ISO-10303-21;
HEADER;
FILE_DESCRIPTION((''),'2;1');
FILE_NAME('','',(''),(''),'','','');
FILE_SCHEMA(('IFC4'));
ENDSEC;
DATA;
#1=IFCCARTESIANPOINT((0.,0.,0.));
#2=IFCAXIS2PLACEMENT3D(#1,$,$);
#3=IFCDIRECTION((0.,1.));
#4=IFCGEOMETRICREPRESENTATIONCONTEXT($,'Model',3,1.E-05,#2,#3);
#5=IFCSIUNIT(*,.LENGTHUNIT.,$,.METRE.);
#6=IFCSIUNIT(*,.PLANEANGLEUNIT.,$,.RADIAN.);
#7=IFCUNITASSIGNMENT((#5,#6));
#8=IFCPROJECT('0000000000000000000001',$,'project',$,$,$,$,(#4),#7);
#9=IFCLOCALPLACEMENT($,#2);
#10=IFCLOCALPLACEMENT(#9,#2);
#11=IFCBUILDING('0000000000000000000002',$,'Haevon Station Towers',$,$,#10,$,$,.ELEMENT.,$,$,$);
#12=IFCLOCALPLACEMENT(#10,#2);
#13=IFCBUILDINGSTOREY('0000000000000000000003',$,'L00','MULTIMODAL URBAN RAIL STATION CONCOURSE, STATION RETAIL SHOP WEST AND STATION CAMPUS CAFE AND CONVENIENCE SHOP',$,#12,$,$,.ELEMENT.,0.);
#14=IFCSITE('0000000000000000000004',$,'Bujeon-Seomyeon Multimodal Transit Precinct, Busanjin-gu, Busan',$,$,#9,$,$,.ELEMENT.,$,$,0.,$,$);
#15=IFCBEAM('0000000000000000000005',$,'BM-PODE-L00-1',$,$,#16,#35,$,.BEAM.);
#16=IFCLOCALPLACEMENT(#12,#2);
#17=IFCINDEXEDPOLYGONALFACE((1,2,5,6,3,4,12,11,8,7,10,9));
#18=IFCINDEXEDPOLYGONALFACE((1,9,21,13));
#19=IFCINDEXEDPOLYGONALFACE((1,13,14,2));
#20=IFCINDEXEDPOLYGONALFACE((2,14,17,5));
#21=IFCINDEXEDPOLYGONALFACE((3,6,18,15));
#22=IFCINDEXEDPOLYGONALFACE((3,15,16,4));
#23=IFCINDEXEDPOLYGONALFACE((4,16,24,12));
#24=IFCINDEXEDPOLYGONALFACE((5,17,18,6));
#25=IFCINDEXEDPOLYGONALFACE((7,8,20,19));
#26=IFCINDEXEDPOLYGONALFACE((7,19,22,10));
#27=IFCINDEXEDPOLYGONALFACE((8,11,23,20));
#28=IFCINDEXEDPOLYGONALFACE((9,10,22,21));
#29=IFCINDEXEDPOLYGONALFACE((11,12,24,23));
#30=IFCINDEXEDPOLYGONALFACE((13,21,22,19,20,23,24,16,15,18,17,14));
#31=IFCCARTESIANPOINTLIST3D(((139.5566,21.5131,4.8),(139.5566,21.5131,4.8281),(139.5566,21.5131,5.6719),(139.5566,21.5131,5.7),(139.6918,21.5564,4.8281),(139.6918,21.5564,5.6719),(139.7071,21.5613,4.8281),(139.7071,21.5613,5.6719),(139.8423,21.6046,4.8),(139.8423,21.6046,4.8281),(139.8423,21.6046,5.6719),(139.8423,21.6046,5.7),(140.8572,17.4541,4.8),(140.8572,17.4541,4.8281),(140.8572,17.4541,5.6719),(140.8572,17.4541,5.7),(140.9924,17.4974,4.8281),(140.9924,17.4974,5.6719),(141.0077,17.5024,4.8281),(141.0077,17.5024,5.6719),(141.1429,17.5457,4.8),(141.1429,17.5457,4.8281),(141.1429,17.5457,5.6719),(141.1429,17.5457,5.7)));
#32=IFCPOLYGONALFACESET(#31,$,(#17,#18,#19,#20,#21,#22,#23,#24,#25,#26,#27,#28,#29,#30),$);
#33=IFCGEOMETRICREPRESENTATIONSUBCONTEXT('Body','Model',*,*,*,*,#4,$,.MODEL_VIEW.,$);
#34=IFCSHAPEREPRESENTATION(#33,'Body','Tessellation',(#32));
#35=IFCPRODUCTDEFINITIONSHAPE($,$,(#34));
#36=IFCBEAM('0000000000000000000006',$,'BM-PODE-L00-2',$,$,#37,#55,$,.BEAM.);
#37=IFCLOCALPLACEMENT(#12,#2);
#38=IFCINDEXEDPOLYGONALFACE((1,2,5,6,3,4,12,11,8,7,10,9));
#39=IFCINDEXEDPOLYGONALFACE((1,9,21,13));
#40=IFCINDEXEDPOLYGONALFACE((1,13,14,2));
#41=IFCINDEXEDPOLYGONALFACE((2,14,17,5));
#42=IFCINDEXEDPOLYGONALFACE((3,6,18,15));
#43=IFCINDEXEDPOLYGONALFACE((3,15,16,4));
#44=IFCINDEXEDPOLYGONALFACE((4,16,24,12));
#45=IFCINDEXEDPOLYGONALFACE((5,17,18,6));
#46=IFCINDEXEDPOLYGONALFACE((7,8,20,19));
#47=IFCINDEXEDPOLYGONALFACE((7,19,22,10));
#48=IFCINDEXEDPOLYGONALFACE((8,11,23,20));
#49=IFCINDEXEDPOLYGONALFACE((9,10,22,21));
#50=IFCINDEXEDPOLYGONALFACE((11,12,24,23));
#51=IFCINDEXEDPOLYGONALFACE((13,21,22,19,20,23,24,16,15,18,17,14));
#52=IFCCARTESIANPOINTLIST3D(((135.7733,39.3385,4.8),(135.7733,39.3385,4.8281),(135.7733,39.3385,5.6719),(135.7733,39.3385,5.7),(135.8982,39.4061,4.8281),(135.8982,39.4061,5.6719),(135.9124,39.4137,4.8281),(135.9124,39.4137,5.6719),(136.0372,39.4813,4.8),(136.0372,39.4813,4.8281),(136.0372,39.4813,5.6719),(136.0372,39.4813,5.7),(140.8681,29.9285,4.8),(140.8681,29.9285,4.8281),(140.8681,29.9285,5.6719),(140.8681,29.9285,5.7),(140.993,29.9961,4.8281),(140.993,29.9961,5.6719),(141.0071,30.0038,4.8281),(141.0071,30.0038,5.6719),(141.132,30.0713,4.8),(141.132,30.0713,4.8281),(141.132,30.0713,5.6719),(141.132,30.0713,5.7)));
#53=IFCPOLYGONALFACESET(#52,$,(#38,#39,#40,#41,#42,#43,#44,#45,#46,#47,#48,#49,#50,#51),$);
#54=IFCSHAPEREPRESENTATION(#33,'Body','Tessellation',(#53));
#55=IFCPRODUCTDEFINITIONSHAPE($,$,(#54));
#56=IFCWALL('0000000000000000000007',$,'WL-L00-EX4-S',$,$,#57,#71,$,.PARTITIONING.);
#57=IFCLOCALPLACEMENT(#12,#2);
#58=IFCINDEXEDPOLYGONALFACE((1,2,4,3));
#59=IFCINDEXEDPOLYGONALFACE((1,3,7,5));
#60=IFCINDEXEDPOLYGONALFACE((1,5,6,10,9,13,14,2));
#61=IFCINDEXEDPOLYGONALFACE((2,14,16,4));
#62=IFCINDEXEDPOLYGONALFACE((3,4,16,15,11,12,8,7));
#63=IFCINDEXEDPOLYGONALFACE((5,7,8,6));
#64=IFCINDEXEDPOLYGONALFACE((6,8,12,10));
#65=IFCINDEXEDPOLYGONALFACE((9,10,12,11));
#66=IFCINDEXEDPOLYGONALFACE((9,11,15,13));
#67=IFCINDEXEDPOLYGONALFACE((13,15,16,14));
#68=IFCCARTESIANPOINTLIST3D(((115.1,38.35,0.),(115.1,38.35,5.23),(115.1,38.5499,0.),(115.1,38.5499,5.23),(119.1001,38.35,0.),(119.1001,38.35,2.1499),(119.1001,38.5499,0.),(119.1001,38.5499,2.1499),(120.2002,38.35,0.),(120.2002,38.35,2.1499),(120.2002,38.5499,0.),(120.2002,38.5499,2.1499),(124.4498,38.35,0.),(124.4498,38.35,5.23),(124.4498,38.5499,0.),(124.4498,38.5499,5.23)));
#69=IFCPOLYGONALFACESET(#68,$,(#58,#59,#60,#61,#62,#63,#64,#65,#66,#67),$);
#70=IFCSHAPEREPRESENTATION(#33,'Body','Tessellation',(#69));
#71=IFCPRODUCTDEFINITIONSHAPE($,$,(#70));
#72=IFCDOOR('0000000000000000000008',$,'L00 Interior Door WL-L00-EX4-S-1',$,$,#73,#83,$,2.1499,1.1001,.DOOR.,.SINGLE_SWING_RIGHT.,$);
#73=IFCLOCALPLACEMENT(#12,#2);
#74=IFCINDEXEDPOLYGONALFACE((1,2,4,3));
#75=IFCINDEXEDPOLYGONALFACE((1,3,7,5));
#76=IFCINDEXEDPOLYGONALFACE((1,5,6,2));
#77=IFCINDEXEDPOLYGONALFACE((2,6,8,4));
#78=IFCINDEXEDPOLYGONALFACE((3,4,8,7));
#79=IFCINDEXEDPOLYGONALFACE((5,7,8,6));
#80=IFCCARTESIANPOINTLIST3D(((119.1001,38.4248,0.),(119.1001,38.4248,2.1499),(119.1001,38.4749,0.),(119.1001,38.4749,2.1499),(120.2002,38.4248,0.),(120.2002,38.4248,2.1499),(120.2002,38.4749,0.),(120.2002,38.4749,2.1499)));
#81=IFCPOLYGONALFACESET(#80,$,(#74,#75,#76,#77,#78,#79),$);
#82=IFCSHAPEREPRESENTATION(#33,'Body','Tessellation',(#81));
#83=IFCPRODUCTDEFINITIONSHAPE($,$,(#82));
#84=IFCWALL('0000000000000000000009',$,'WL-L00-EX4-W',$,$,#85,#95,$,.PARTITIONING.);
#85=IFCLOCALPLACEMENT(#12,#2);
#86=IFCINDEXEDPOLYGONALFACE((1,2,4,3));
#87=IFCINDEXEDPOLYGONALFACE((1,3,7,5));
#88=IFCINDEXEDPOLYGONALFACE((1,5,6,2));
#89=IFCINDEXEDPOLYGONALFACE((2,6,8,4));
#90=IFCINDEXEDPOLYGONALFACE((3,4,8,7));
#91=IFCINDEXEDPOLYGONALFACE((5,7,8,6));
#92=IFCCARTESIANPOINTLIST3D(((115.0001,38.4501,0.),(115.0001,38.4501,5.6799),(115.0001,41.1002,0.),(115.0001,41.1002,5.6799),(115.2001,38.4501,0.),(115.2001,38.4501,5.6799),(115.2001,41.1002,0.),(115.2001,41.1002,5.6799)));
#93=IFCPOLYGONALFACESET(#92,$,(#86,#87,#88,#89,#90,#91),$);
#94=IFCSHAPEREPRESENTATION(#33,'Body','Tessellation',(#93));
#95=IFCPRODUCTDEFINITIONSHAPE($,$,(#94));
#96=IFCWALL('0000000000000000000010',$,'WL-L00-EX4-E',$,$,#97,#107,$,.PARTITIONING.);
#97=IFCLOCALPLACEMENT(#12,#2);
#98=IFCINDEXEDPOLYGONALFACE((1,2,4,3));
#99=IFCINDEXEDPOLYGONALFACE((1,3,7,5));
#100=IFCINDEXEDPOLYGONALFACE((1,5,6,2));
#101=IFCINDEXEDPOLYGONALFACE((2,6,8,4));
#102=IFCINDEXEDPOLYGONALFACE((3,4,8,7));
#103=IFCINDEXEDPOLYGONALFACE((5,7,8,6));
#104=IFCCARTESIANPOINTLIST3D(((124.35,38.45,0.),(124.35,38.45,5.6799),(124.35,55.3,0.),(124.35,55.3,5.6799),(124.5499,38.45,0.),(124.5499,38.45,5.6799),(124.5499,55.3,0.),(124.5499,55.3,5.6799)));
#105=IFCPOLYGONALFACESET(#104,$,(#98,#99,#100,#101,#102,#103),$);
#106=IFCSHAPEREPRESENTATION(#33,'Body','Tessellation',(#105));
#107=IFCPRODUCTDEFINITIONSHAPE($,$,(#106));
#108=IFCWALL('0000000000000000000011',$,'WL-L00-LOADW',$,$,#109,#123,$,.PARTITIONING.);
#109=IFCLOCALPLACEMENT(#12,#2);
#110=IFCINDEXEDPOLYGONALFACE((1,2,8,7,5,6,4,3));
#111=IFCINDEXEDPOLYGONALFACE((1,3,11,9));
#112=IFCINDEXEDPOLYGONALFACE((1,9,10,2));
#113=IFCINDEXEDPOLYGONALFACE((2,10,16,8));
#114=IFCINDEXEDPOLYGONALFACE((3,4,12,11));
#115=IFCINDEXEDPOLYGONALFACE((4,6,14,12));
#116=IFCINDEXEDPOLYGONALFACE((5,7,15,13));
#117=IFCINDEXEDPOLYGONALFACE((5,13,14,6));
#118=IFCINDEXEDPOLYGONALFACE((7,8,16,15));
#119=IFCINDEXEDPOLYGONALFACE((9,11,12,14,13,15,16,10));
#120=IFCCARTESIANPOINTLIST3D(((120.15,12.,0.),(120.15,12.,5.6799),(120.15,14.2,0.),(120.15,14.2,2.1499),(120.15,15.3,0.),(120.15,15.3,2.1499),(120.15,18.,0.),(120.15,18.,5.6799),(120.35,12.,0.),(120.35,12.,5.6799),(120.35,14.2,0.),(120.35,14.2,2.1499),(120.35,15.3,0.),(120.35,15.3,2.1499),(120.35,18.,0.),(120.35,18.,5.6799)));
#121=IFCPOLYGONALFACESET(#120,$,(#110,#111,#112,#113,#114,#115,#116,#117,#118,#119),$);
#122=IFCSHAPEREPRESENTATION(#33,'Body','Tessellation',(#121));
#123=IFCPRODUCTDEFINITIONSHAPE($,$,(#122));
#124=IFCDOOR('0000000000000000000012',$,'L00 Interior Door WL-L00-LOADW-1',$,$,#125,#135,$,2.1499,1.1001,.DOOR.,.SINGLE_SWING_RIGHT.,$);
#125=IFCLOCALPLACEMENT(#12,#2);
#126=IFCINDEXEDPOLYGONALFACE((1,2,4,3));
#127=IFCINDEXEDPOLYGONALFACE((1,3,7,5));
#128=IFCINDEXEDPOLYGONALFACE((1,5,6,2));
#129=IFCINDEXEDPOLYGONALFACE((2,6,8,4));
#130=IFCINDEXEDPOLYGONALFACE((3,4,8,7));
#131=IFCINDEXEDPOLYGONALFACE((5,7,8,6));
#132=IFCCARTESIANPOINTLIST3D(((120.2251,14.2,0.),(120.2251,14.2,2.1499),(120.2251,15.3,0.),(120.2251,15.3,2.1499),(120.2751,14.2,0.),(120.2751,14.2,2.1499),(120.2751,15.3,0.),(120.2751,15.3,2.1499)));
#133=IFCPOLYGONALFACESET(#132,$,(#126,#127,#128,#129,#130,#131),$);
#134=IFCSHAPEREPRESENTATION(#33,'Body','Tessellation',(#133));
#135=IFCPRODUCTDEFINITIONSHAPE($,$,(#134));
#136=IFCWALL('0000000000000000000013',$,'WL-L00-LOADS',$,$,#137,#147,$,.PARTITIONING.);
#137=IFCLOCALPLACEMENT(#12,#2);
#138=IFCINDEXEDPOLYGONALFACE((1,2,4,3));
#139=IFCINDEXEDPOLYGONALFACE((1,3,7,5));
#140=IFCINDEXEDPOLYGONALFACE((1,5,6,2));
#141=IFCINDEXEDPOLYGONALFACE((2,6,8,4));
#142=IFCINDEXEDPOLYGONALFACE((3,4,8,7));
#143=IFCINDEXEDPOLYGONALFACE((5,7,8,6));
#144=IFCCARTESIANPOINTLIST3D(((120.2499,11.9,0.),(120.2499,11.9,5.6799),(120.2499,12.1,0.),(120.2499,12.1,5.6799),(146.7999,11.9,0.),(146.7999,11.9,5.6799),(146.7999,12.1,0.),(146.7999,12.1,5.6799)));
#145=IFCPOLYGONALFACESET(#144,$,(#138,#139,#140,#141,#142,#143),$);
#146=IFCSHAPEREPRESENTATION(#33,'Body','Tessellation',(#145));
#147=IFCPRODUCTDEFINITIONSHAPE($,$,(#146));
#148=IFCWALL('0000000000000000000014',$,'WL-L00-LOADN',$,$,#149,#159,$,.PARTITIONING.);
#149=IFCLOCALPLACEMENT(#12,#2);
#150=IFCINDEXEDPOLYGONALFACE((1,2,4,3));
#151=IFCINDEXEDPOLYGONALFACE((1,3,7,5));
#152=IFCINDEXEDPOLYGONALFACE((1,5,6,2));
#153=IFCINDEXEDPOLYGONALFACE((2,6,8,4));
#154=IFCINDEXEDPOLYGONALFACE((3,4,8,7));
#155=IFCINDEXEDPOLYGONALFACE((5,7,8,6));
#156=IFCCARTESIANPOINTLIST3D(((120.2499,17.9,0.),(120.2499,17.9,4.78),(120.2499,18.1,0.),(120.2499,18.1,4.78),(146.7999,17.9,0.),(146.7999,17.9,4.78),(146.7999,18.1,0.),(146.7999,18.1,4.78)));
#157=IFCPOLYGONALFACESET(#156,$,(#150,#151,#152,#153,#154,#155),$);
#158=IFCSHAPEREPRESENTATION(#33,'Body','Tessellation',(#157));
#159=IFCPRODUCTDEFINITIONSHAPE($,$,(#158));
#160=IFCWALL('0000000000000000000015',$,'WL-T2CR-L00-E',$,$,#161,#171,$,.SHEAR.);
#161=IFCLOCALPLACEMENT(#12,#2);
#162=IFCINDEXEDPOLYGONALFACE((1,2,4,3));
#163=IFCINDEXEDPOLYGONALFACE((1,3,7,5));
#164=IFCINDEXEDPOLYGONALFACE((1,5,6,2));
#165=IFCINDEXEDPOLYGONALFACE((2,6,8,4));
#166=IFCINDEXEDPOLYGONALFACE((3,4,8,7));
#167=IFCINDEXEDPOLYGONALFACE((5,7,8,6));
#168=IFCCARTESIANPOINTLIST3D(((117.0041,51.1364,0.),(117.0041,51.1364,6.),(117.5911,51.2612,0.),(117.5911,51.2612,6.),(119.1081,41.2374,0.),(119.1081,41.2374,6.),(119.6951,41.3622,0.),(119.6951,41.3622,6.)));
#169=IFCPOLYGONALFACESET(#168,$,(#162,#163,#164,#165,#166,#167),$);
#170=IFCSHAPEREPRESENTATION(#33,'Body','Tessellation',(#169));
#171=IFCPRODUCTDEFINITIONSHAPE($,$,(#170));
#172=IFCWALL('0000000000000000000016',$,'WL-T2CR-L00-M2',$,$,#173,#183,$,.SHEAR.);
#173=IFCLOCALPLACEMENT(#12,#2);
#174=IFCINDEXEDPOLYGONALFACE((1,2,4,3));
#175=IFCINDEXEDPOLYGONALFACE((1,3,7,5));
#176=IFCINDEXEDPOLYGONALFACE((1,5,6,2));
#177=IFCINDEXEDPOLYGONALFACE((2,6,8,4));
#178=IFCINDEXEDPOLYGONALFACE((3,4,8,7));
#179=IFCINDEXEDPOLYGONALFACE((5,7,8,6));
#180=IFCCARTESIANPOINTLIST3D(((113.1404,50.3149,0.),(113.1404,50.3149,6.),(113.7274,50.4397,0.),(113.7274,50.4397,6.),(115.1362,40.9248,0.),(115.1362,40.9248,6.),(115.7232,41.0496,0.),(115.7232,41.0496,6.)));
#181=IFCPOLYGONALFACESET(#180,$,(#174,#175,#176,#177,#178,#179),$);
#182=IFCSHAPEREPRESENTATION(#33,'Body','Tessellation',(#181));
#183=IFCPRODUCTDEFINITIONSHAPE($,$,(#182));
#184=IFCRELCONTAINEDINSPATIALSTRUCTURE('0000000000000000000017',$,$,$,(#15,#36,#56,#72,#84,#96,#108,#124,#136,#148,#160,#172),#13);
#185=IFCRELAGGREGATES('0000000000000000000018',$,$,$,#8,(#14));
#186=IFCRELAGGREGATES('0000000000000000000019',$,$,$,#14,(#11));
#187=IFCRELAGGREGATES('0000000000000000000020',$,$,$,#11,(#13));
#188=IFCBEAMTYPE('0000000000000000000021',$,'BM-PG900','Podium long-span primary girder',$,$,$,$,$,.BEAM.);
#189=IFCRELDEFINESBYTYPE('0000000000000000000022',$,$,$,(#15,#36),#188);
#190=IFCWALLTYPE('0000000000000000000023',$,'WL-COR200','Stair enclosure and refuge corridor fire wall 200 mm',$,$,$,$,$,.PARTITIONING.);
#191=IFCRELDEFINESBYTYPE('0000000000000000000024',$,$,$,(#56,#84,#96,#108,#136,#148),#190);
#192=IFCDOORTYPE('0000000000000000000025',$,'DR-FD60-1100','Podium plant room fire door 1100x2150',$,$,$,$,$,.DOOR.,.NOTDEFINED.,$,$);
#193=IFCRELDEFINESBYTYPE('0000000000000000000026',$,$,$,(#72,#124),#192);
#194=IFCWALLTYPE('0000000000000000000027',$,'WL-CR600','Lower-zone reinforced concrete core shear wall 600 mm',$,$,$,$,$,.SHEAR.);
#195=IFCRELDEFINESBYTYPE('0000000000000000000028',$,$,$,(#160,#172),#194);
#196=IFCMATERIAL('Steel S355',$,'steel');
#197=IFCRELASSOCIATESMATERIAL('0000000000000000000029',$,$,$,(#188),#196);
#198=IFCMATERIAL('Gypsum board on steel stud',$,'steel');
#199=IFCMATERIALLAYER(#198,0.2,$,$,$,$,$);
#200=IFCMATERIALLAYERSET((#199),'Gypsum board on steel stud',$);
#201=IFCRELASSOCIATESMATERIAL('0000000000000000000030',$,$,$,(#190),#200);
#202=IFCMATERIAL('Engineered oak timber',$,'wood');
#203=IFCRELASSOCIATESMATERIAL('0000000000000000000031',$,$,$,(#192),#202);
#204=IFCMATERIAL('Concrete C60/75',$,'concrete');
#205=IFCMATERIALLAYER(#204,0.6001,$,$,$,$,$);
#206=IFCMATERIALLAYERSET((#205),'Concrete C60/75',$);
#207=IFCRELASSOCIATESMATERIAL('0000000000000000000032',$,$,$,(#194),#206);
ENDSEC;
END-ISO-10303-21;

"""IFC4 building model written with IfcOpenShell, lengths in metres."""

from ifc_helpers import new_model, si_unit, direction, frame, frame_2d, origin, origin_2d, place, context, subcontext, project, spatial, rectangle, i_section, extrude, material, layer, layer_set, material_profile, profile_set, type_object, element, fill, save


model = new_model("IFC4")

# Units and contexts
model_context = context("Model", 3, precision=1e-05, world=origin(), true_north=direction((0.0, 1.0)))
body_context = subcontext(model_context, "Body", "Model", "MODEL_VIEW")
ifc_project = project(units=[si_unit("LENGTHUNIT", "METRE"), si_unit("PLANEANGLEUNIT", "RADIAN")], contexts=[model_context])

# Site, building, storey
site_placement = place(None, origin())
site = spatial("IfcSite", under=ifc_project, at=site_placement, Name="Bujeon-Seomyeon Multimodal Transit Precinct, Busanjin-gu, Busan", CompositionType="ELEMENT", RefElevation=0.0)
building_placement = place(site_placement, origin())
building = spatial("IfcBuilding", under=site, at=building_placement, Name="Haevon Station Towers", CompositionType="ELEMENT")
storey_placement = place(building_placement, origin())
storey = spatial("IfcBuildingStorey", under=building, at=storey_placement, Name="L00", Description="MULTIMODAL URBAN RAIL STATION CONCOURSE, STATION RETAIL SHOP WEST AND STATION CAMPUS CAFE AND CONVENIENCE SHOP", CompositionType="ELEMENT", Elevation=0.0)

# Beams
ifc_material_1 = material(Name="Steel S355", Category="steel")
ifc_material_profile_1 = material_profile(ifc_material_1, i_section(OverallWidth=0.3, OverallDepth=0.8999, WebThickness=0.0161, FlangeThickness=0.0281, at=origin_2d()), Name="H-900x300x16x28")
ifc_profile_set_1 = profile_set([ifc_material_profile_1], Name="Steel S355")
beam_type_1 = type_object("IfcBeamType", Name="BM-PG900", Description="Podium long-span primary girder", PredefinedType="BEAM", material=ifc_profile_set_1)
beam_1_placement = place(storey_placement, frame((139.6995, 21.5588, 5.25), z_axis=(0.305139, -0.952308, 0.0), x_axis=(0.952308, 0.305139, 0.0)))
element("IfcBeam", 1, at=beam_1_placement, inside=storey, type_object=beam_type_1, Name="BM-PODE-L00-1", PredefinedType="BEAM", context=body_context, shape_type="SweptSolid", body=[
    extrude(i_section(OverallWidth=0.3, OverallDepth=0.8999, WebThickness=0.0161, FlangeThickness=0.0281, at=origin_2d()), origin(), (0.0, 0.0, 1.0), 4.2622),
])
beam_2_placement = place(storey_placement, frame((135.9053, 39.4099, 5.25), z_axis=(0.476116, -0.879382, 0.0), x_axis=(0.879382, 0.476116, 0.0)))
element("IfcBeam", 2, at=beam_2_placement, inside=storey, type_object=beam_type_1, Name="BM-PODE-L00-2", PredefinedType="BEAM", context=body_context, shape_type="SweptSolid", body=[
    extrude(i_section(OverallWidth=0.3, OverallDepth=0.8999, WebThickness=0.0161, FlangeThickness=0.0281, at=origin_2d()), origin(), (0.0, 0.0, 1.0), 10.7007),
])

# Wall, opening, door
ifc_material_2 = material(Name="Gypsum board on steel stud", Category="steel")
ifc_layer_1 = layer(ifc_material_2, 0.2)
ifc_layer_set_1 = layer_set([ifc_layer_1], Name="Gypsum board on steel stud")
wall_type_1 = type_object("IfcWallType", Name="WL-COR200", Description="Stair enclosure and refuge corridor fire wall 200 mm", PredefinedType="PARTITIONING", material=ifc_layer_set_1)
wall_1_placement = place(storey_placement, frame((115.1001, 38.45, 0.0), z_axis=(0.0, 0.0, 1.0), x_axis=(1.0, 0.0, 0.0)))
wall_1 = element("IfcWall", 3, at=wall_1_placement, inside=storey, type_object=wall_type_1, Name="WL-L00-EX4-S", PredefinedType="PARTITIONING", context=body_context, shape_type="SweptSolid", body=[
    extrude(rectangle(XDim=9.3499, YDim=0.2, at=frame_2d((4.6748, 0.0))), origin(), (0.0, 0.0, 1.0), 5.23),
])
opening_1_placement = place(wall_1_placement, frame((4.0, 0.0, 0.0)))
opening_1 = element("IfcOpeningElement", 4, at=opening_1_placement, cuts=wall_1, PredefinedType="OPENING", context=body_context, shape_type="SweptSolid", body=[
    extrude(rectangle(XDim=1.1001, YDim=2.1499, at=frame_2d((0.55, 1.075))), frame((0.0, 0.1099, 0.0), z_axis=(0.0, -1.0, 0.0), x_axis=(1.0, 0.0, 0.0)), (0.0, 0.0, 1.0), 0.22),
])
ifc_material_3 = material(Name="Engineered oak timber", Category="wood")
door_type_1 = type_object("IfcDoorType", Name="DR-FD60-1100", Description="Podium plant room fire door 1100x2150", OperationType="NOTDEFINED", PredefinedType="DOOR", material=ifc_material_3)
door_1_placement = place(opening_1_placement, origin())
door_1 = element("IfcDoor", 5, at=door_1_placement, inside=storey, type_object=door_type_1, Name="L00 Interior Door WL-L00-EX4-S-1", OperationType="SINGLE_SWING_RIGHT", OverallHeight=2.1499, OverallWidth=1.1001, PredefinedType="DOOR", context=body_context, shape_type="SweptSolid", body=[
    extrude(rectangle(XDim=1.1001, YDim=2.1499, at=frame_2d((0.55, 1.075))), frame((0.0, 0.0249, 0.0), z_axis=(0.0, -1.0, 0.0), x_axis=(1.0, 0.0, 0.0)), (0.0, 0.0, 1.0), 0.05),
])
fill(opening_1, door_1)

# Walls
wall_2_placement = place(storey_placement, frame((115.1001, 38.45, 0.0), z_axis=(0.0, 0.0, 1.0), x_axis=(0.0, 1.0, 0.0)))
element("IfcWall", 6, at=wall_2_placement, inside=storey, type_object=wall_type_1, Name="WL-L00-EX4-W", PredefinedType="PARTITIONING", context=body_context, shape_type="SweptSolid", body=[
    extrude(rectangle(XDim=2.6501, YDim=0.2, at=frame_2d((1.3252, 0.0))), origin(), (0.0, 0.0, 1.0), 5.6799),
])
wall_3_placement = place(storey_placement, frame((124.45, 38.45, 0.0), z_axis=(0.0, 0.0, 1.0), x_axis=(0.0, 1.0, 0.0)))
element("IfcWall", 7, at=wall_3_placement, inside=storey, type_object=wall_type_1, Name="WL-L00-EX4-E", PredefinedType="PARTITIONING", context=body_context, shape_type="SweptSolid", body=[
    extrude(rectangle(XDim=16.8501, YDim=0.2, at=frame_2d((8.425, 0.0))), origin(), (0.0, 0.0, 1.0), 5.6799),
])

# Wall, opening, door
wall_4_placement = place(storey_placement, frame((120.25, 12.0, 0.0), z_axis=(0.0, 0.0, 1.0), x_axis=(0.0, 1.0, 0.0)))
wall_4 = element("IfcWall", 8, at=wall_4_placement, inside=storey, type_object=wall_type_1, Name="WL-L00-LOADW", PredefinedType="PARTITIONING", context=body_context, shape_type="SweptSolid", body=[
    extrude(rectangle(XDim=6.0, YDim=0.2, at=frame_2d((3.0, 0.0))), origin(), (0.0, 0.0, 1.0), 5.6799),
])
opening_2_placement = place(wall_4_placement, frame((2.2, 0.0, 0.0)))
opening_2 = element("IfcOpeningElement", 9, at=opening_2_placement, cuts=wall_4, PredefinedType="OPENING", context=body_context, shape_type="SweptSolid", body=[
    extrude(rectangle(XDim=1.1001, YDim=2.1499, at=frame_2d((0.55, 1.075))), frame((0.0, 0.1099, 0.0), z_axis=(0.0, -1.0, 0.0), x_axis=(1.0, 0.0, 0.0)), (0.0, 0.0, 1.0), 0.22),
])
door_2_placement = place(opening_2_placement, origin())
door_2 = element("IfcDoor", 10, at=door_2_placement, inside=storey, type_object=door_type_1, Name="L00 Interior Door WL-L00-LOADW-1", OperationType="SINGLE_SWING_RIGHT", OverallHeight=2.1499, OverallWidth=1.1001, PredefinedType="DOOR", context=body_context, shape_type="SweptSolid", body=[
    extrude(rectangle(XDim=1.1001, YDim=2.1499, at=frame_2d((0.55, 1.075))), frame((0.0, 0.0249, 0.0), z_axis=(0.0, -1.0, 0.0), x_axis=(1.0, 0.0, 0.0)), (0.0, 0.0, 1.0), 0.05),
])
fill(opening_2, door_2)

# Walls
wall_5_placement = place(storey_placement, frame((120.25, 12.0, 0.0), z_axis=(0.0, 0.0, 1.0), x_axis=(1.0, 0.0, 0.0)))
element("IfcWall", 11, at=wall_5_placement, inside=storey, type_object=wall_type_1, Name="WL-L00-LOADS", PredefinedType="PARTITIONING", context=body_context, shape_type="SweptSolid", body=[
    extrude(rectangle(XDim=26.55, YDim=0.2, at=frame_2d((13.2749, 0.0))), origin(), (0.0, 0.0, 1.0), 5.6799),
])
wall_6_placement = place(storey_placement, frame((120.25, 18.0, 0.0), z_axis=(0.0, 0.0, 1.0), x_axis=(1.0, 0.0, 0.0)))
element("IfcWall", 12, at=wall_6_placement, inside=storey, type_object=wall_type_1, Name="WL-L00-LOADN", PredefinedType="PARTITIONING", context=body_context, shape_type="SweptSolid", body=[
    extrude(rectangle(XDim=26.55, YDim=0.2, at=frame_2d((13.2749, 0.0))), origin(), (0.0, 0.0, 1.0), 4.78),
])
ifc_material_4 = material(Name="Concrete C60/75", Category="concrete")
ifc_layer_2 = layer(ifc_material_4, 0.6001)
ifc_layer_set_2 = layer_set([ifc_layer_2], Name="Concrete C60/75")
wall_type_2 = type_object("IfcWallType", Name="WL-CR600", Description="Lower-zone reinforced concrete core shear wall 600 mm", PredefinedType="SHEAR", material=ifc_layer_set_2)
wall_7_placement = place(storey_placement, frame((119.4016, 41.2998, 0.0), z_axis=(0.0, 0.0, 1.0), x_axis=(-0.207904, 0.978149, 0.0)))
element("IfcWall", 13, at=wall_7_placement, inside=storey, type_object=wall_type_2, Name="WL-T2CR-L00-E", PredefinedType="SHEAR", context=body_context, shape_type="SweptSolid", body=[
    extrude(rectangle(XDim=10.1201, YDim=0.6001, at=frame_2d((5.0601, 0.0))), origin(), (0.0, 0.0, 1.0), 6.0),
])
wall_8_placement = place(storey_placement, frame((115.4297, 40.9873, 0.0), z_axis=(0.0, 0.0, 1.0), x_axis=(-0.207903, 0.978149, 0.0)))
element("IfcWall", 14, at=wall_8_placement, inside=storey, type_object=wall_type_2, Name="WL-T2CR-L00-M2", PredefinedType="SHEAR", context=body_context, shape_type="SweptSolid", body=[
    extrude(rectangle(XDim=9.5999, YDim=0.6001, at=frame_2d((4.7998, 0.0))), origin(), (0.0, 0.0, 1.0), 6.0),
])

save(model, "model.ifc")
